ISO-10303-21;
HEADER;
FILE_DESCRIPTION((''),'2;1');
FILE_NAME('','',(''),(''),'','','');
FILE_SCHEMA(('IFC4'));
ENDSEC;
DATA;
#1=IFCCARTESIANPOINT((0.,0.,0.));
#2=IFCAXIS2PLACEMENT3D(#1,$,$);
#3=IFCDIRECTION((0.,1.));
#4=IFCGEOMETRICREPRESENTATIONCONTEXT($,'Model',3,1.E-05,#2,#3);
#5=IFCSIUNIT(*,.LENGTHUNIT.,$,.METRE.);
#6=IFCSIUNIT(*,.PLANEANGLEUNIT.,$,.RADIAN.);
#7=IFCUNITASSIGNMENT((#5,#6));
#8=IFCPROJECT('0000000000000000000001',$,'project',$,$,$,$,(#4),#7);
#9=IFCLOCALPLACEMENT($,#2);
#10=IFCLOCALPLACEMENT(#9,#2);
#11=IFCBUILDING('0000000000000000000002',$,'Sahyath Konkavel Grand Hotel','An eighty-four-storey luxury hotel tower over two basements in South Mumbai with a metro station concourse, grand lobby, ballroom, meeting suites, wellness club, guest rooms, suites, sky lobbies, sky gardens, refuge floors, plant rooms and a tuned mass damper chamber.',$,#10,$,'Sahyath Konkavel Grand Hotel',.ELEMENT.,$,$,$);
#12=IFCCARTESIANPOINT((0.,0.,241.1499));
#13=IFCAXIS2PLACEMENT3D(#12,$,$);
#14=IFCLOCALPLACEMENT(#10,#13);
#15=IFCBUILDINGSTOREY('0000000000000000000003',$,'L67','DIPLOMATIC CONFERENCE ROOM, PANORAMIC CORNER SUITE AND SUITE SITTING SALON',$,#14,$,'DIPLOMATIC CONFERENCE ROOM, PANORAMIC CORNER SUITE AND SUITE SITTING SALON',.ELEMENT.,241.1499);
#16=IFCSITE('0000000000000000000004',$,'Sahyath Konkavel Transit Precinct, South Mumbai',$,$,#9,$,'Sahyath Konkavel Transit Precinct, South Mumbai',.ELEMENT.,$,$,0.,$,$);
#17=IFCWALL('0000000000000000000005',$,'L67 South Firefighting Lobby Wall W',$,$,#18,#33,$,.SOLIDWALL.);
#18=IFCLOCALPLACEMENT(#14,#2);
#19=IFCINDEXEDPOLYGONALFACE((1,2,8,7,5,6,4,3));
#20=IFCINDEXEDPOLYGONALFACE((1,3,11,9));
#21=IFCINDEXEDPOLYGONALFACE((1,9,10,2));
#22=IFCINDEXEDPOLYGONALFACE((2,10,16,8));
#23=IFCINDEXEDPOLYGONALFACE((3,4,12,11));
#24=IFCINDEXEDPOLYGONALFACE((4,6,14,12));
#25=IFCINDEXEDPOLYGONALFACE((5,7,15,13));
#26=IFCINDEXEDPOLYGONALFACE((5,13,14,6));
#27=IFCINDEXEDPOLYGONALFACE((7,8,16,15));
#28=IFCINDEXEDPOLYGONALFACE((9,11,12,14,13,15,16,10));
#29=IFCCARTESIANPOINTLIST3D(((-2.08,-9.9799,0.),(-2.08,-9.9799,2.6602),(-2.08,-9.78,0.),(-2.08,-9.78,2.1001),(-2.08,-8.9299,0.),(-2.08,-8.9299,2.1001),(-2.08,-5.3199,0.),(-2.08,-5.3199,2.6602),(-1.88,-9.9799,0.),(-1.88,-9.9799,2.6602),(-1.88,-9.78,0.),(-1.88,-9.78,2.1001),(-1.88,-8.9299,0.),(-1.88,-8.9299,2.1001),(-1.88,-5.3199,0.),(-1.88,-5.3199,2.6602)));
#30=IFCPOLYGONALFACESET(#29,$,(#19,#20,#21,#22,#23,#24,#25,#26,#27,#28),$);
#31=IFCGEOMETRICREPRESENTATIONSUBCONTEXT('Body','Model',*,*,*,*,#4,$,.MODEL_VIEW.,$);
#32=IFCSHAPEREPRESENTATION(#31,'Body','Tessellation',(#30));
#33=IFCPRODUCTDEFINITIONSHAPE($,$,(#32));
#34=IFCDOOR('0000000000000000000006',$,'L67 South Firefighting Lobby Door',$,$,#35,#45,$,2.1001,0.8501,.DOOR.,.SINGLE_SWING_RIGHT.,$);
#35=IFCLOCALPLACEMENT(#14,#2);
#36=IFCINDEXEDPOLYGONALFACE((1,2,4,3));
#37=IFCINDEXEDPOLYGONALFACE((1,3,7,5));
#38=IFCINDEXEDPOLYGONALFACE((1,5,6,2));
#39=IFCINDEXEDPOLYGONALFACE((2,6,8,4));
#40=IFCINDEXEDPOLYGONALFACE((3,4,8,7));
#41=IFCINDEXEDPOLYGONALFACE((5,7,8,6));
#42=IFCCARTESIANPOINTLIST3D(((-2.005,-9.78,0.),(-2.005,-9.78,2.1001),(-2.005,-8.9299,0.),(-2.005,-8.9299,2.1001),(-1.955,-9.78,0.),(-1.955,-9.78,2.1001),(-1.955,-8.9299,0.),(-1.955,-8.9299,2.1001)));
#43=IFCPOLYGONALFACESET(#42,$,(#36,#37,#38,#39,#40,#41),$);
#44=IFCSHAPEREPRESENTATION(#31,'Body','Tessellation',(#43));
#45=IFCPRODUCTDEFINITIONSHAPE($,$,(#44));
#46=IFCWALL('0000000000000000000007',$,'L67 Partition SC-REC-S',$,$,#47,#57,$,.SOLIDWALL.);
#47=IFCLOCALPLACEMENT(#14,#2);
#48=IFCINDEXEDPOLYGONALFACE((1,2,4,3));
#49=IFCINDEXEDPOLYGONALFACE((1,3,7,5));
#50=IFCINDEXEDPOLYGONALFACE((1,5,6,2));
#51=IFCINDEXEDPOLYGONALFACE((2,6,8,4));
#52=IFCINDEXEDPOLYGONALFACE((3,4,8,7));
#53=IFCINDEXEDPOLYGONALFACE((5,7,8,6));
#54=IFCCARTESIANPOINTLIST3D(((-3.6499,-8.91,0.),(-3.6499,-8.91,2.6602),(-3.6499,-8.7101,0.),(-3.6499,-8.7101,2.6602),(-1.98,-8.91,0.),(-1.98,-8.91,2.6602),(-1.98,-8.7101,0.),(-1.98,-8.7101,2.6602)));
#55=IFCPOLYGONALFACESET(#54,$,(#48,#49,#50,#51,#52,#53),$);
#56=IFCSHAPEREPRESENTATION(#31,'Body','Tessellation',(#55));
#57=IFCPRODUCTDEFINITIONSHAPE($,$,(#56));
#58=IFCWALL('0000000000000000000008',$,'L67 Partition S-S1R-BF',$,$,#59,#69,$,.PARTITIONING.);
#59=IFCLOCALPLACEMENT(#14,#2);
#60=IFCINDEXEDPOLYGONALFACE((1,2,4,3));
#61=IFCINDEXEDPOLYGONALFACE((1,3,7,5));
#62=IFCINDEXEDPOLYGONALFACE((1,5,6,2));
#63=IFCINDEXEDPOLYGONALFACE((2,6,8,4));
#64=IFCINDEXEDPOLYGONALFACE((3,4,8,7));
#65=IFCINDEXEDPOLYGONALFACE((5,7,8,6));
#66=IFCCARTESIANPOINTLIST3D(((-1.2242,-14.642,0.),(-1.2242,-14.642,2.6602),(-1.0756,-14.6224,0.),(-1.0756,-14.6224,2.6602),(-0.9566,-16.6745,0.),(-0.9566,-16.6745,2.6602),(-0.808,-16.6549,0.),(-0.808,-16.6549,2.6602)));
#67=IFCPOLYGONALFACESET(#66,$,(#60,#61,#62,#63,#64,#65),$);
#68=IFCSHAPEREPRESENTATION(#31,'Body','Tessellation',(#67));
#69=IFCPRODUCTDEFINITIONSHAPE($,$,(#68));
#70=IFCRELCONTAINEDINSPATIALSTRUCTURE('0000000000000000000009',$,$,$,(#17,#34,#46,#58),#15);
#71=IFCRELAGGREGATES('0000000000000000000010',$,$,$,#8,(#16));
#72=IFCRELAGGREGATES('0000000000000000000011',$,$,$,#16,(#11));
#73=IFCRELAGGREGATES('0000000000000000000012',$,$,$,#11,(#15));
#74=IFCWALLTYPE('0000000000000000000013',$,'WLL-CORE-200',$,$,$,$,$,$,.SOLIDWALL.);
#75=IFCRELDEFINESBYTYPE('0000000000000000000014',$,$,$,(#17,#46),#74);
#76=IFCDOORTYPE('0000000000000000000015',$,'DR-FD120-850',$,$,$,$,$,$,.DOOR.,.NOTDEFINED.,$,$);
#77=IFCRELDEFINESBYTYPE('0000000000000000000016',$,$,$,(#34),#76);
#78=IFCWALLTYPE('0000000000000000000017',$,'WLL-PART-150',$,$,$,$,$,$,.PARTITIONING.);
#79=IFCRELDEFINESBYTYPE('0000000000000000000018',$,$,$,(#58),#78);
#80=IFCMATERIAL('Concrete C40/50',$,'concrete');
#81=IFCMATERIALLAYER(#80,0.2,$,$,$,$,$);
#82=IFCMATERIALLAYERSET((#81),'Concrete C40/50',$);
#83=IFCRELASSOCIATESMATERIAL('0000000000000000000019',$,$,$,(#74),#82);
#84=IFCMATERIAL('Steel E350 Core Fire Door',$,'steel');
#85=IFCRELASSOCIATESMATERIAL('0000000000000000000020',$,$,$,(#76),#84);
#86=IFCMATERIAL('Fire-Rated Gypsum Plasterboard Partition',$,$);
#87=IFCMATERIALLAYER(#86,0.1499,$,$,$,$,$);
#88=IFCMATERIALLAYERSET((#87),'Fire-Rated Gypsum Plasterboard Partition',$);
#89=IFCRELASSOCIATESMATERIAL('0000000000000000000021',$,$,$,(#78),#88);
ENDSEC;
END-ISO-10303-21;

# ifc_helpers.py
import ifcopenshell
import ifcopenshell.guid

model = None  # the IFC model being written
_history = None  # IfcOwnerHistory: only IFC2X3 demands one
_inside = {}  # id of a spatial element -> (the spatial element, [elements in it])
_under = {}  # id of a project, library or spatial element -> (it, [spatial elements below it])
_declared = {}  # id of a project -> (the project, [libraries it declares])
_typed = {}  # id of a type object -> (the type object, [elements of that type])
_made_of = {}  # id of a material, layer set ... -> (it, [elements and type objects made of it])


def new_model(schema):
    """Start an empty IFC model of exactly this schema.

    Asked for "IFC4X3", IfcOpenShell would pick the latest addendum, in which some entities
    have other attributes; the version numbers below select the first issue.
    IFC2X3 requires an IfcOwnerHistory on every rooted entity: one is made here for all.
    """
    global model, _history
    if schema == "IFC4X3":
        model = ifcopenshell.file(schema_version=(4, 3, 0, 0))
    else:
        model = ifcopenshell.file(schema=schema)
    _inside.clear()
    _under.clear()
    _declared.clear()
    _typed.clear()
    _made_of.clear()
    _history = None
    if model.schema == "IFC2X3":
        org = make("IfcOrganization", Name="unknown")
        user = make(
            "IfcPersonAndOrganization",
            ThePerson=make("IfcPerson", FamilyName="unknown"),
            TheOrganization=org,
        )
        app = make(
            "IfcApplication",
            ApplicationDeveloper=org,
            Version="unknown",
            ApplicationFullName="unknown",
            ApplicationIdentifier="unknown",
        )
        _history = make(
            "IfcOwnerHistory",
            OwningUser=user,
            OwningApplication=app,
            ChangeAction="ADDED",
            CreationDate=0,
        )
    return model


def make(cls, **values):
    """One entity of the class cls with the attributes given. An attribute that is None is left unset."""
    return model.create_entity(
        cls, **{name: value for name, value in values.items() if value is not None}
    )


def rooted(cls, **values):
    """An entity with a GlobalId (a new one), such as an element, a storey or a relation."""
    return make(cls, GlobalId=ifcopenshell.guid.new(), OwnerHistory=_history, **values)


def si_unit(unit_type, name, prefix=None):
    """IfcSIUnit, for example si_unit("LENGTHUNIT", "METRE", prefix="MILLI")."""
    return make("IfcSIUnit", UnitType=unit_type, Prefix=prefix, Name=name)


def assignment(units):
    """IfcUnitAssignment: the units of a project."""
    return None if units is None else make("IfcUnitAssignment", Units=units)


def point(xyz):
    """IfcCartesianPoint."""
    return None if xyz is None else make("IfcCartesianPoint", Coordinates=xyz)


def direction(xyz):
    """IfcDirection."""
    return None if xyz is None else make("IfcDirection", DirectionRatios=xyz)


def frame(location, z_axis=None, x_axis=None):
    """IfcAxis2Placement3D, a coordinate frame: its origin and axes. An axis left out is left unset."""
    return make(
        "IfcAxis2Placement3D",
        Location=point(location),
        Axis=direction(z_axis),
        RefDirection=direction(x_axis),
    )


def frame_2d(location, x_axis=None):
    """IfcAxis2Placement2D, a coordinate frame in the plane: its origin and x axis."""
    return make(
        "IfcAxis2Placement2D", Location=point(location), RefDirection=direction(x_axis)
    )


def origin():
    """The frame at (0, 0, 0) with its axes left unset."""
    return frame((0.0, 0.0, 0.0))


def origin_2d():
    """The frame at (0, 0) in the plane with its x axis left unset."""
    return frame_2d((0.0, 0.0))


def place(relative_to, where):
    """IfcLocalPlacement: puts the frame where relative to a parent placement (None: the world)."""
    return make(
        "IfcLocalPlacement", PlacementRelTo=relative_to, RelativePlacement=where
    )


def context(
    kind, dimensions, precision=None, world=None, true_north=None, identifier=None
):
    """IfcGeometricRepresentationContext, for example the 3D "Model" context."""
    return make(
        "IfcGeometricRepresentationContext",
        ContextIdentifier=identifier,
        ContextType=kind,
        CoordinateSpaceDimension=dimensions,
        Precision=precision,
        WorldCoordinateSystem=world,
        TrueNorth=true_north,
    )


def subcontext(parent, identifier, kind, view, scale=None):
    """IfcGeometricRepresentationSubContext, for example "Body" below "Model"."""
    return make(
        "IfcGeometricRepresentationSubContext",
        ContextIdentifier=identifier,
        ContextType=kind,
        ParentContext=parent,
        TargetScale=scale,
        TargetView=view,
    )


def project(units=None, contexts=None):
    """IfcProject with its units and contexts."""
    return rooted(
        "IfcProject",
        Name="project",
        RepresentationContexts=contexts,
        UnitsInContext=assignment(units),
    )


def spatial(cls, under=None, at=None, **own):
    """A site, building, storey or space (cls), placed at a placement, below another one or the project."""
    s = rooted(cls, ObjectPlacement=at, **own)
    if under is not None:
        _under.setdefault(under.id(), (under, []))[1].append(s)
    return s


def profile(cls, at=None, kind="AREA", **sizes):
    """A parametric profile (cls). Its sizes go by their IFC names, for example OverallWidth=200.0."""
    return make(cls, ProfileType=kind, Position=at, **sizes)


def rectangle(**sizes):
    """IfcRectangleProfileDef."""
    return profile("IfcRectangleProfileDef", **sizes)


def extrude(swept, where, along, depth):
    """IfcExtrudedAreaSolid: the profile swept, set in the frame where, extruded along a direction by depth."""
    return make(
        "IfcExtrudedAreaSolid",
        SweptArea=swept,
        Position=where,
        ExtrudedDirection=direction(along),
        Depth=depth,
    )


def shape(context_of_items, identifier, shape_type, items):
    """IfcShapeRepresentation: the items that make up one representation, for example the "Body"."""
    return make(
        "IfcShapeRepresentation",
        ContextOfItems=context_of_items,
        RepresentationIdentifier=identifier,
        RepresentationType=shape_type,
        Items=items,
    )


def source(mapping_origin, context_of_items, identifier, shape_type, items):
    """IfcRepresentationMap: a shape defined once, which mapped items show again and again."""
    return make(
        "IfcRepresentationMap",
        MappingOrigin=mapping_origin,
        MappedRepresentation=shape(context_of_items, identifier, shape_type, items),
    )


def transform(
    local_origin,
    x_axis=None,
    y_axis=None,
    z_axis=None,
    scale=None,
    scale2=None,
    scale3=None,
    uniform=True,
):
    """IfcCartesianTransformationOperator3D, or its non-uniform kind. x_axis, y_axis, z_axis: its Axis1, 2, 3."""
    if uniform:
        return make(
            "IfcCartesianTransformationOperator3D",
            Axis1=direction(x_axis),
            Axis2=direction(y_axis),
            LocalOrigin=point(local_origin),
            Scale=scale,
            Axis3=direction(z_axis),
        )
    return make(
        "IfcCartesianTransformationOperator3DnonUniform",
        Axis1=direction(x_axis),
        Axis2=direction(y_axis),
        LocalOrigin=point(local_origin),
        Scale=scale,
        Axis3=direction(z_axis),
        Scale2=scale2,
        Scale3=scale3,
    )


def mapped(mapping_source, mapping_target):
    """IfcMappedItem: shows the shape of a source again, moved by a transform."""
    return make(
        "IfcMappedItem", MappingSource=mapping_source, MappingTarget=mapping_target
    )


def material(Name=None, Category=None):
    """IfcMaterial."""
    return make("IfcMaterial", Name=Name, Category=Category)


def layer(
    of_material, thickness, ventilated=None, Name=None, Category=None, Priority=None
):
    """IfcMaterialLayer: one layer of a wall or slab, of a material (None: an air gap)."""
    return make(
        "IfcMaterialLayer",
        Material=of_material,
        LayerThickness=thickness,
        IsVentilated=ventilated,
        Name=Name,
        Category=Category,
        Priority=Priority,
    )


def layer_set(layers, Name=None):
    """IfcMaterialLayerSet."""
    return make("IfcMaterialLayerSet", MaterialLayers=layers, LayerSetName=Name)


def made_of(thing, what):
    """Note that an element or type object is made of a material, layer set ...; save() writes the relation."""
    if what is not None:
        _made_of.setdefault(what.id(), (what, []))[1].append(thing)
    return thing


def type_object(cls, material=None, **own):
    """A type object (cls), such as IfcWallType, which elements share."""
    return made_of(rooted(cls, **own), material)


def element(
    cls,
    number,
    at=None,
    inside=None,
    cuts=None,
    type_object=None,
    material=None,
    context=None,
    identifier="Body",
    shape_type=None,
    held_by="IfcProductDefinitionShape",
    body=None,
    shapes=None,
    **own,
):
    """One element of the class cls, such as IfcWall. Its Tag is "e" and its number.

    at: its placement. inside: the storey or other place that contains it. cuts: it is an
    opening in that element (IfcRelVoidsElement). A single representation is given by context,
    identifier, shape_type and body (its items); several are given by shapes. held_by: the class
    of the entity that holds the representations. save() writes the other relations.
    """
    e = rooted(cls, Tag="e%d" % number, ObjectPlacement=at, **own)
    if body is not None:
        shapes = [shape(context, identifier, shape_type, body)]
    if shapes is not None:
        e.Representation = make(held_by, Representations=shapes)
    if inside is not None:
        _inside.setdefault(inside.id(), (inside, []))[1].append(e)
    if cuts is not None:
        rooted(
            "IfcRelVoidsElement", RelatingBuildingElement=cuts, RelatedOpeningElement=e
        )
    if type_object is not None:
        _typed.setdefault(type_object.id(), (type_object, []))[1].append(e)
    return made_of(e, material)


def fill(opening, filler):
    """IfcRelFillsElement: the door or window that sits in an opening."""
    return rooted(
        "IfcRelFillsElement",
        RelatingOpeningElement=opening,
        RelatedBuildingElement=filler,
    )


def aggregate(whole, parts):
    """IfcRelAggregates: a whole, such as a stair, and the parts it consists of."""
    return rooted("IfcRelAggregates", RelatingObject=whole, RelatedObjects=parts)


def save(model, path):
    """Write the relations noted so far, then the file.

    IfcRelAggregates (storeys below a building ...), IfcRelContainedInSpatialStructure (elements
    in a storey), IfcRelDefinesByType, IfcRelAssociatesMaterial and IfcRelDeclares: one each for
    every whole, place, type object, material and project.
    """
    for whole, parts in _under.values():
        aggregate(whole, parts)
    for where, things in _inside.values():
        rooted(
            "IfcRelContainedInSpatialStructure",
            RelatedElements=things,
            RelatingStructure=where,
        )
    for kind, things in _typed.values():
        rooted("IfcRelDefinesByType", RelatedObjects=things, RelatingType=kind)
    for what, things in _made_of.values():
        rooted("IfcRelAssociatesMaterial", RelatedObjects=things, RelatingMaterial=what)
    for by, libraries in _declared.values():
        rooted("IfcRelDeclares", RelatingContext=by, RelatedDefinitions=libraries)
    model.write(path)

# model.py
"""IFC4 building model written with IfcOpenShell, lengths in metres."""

from ifc_helpers import new_model, si_unit, direction, frame, frame_2d, origin, origin_2d, place, context, subcontext, project, spatial, rectangle, extrude, source, transform, mapped, material, layer, layer_set, type_object, element, fill, save


model = new_model("IFC4")

# Units and contexts
model_context = context("Model", 3, precision=1e-05, world=origin(), true_north=direction((0.0, 1.0)))
body_context = subcontext(model_context, "Body", "Model", "MODEL_VIEW")
ifc_project = project(units=[si_unit("LENGTHUNIT", "METRE"), si_unit("PLANEANGLEUNIT", "RADIAN")], contexts=[model_context])

# Site, building, storey
site_placement = place(None, origin())
site = spatial("IfcSite", under=ifc_project, at=site_placement, Name="Sahyath Konkavel Transit Precinct, South Mumbai", LongName="Sahyath Konkavel Transit Precinct, South Mumbai", CompositionType="ELEMENT", RefElevation=0.0)
building_placement = place(site_placement, origin())
building = spatial("IfcBuilding", under=site, at=building_placement, Name="Sahyath Konkavel Grand Hotel", Description="An eighty-four-storey luxury hotel tower over two basements in South Mumbai with a metro station concourse, grand lobby, ballroom, meeting suites, wellness club, guest rooms, suites, sky lobbies, sky gardens, refuge floors, plant rooms and a tuned mass damper chamber.", LongName="Sahyath Konkavel Grand Hotel", CompositionType="ELEMENT")
storey_placement = place(building_placement, frame((0.0, 0.0, 241.1499)))
storey = spatial("IfcBuildingStorey", under=building, at=storey_placement, Name="L67", Description="DIPLOMATIC CONFERENCE ROOM, PANORAMIC CORNER SUITE AND SUITE SITTING SALON", LongName="DIPLOMATIC CONFERENCE ROOM, PANORAMIC CORNER SUITE AND SUITE SITTING SALON", CompositionType="ELEMENT", Elevation=241.1499)

# Shared definitions
ifc_material_1 = material(Name="Concrete C40/50", Category="concrete")

# Wall, opening, door
ifc_layer_1 = layer(ifc_material_1, 0.2)
ifc_layer_set_1 = layer_set([ifc_layer_1], Name="Concrete C40/50")
wall_type_1 = type_object("IfcWallType", Name="WLL-CORE-200", PredefinedType="SOLIDWALL", material=ifc_layer_set_1)
wall_1_placement = place(storey_placement, frame((-1.98, -9.98, 0.0), z_axis=(0.0, 0.0, 1.0), x_axis=(0.0, 1.0, 0.0)))
wall_1 = element("IfcWall", 1, at=wall_1_placement, inside=storey, type_object=wall_type_1, Name="L67 South Firefighting Lobby Wall W", PredefinedType="SOLIDWALL", context=body_context, shape_type="SweptSolid", body=[
    extrude(rectangle(XDim=4.6599, YDim=0.2, at=frame_2d((2.3301, 0.0))), origin(), (0.0, 0.0, 1.0), 2.6602),
])
opening_1_placement = place(wall_1_placement, frame((0.2, 0.0, 0.0)))
opening_1 = element("IfcOpeningElement", 2, at=opening_1_placement, cuts=wall_1, PredefinedType="OPENING", context=body_context, shape_type="SweptSolid", body=[
    extrude(rectangle(XDim=0.8501, YDim=2.1001, at=frame_2d((0.425, 1.05))), frame((0.0, 0.1099, 0.0), z_axis=(0.0, -1.0, 0.0), x_axis=(1.0, 0.0, 0.0)), (0.0, 0.0, 1.0), 0.22),
])
ifc_material_2 = material(Name="Steel E350 Core Fire Door", Category="steel")
door_type_1 = type_object("IfcDoorType", Name="DR-FD120-850", OperationType="NOTDEFINED", PredefinedType="DOOR", material=ifc_material_2)
shared_shape_1 = source(origin(), body_context, "Body", "SweptSolid", [
    extrude(rectangle(XDim=0.8501, YDim=0.05, at=origin_2d()), origin(), (0.0, 0.0, 1.0), 2.1001),
])
door_1_placement = place(opening_1_placement, frame((0.425, 0.0, 0.0)))
door_1 = element("IfcDoor", 3, at=door_1_placement, inside=storey, type_object=door_type_1, Name="L67 South Firefighting Lobby Door", OperationType="SINGLE_SWING_RIGHT", OverallHeight=2.1001, OverallWidth=0.8501, PredefinedType="DOOR", context=body_context, shape_type="MappedRepresentation", body=[
    mapped(shared_shape_1, transform((0.0, 0.0, 0.0), scale=1.0)),
])
fill(opening_1, door_1)

# Walls
wall_2_placement = place(storey_placement, frame((-3.6499, -8.8101, 0.0), z_axis=(0.0, 0.0, 1.0), x_axis=(1.0, 0.0, 0.0)))
element("IfcWall", 4, at=wall_2_placement, inside=storey, type_object=wall_type_1, Name="L67 Partition SC-REC-S", PredefinedType="SOLIDWALL", context=body_context, shape_type="SweptSolid", body=[
    extrude(rectangle(XDim=1.6699, YDim=0.2, at=frame_2d((0.835, 0.0))), origin(), (0.0, 0.0, 1.0), 2.6602),
])
ifc_material_3 = material(Name="Fire-Rated Gypsum Plasterboard Partition")
ifc_layer_2 = layer(ifc_material_3, 0.1499)
ifc_layer_set_2 = layer_set([ifc_layer_2], Name="Fire-Rated Gypsum Plasterboard Partition")
wall_type_2 = type_object("IfcWallType", Name="WLL-PART-150", PredefinedType="PARTITIONING", material=ifc_layer_set_2)
wall_3_placement = place(storey_placement, frame((-1.1499, -14.6323, 0.0), z_axis=(0.0, 0.0, 1.0), x_axis=(0.130525, -0.991445, 0.0)))
element("IfcWall", 5, at=wall_3_placement, inside=storey, type_object=wall_type_2, Name="L67 Partition S-S1R-BF", PredefinedType="PARTITIONING", context=body_context, shape_type="SweptSolid", body=[
    extrude(rectangle(XDim=2.05, YDim=0.1499, at=frame_2d((1.0249, 0.0))), origin(), (0.0, 0.0, 1.0), 2.6602),
])

save(model, "model.ifc")
